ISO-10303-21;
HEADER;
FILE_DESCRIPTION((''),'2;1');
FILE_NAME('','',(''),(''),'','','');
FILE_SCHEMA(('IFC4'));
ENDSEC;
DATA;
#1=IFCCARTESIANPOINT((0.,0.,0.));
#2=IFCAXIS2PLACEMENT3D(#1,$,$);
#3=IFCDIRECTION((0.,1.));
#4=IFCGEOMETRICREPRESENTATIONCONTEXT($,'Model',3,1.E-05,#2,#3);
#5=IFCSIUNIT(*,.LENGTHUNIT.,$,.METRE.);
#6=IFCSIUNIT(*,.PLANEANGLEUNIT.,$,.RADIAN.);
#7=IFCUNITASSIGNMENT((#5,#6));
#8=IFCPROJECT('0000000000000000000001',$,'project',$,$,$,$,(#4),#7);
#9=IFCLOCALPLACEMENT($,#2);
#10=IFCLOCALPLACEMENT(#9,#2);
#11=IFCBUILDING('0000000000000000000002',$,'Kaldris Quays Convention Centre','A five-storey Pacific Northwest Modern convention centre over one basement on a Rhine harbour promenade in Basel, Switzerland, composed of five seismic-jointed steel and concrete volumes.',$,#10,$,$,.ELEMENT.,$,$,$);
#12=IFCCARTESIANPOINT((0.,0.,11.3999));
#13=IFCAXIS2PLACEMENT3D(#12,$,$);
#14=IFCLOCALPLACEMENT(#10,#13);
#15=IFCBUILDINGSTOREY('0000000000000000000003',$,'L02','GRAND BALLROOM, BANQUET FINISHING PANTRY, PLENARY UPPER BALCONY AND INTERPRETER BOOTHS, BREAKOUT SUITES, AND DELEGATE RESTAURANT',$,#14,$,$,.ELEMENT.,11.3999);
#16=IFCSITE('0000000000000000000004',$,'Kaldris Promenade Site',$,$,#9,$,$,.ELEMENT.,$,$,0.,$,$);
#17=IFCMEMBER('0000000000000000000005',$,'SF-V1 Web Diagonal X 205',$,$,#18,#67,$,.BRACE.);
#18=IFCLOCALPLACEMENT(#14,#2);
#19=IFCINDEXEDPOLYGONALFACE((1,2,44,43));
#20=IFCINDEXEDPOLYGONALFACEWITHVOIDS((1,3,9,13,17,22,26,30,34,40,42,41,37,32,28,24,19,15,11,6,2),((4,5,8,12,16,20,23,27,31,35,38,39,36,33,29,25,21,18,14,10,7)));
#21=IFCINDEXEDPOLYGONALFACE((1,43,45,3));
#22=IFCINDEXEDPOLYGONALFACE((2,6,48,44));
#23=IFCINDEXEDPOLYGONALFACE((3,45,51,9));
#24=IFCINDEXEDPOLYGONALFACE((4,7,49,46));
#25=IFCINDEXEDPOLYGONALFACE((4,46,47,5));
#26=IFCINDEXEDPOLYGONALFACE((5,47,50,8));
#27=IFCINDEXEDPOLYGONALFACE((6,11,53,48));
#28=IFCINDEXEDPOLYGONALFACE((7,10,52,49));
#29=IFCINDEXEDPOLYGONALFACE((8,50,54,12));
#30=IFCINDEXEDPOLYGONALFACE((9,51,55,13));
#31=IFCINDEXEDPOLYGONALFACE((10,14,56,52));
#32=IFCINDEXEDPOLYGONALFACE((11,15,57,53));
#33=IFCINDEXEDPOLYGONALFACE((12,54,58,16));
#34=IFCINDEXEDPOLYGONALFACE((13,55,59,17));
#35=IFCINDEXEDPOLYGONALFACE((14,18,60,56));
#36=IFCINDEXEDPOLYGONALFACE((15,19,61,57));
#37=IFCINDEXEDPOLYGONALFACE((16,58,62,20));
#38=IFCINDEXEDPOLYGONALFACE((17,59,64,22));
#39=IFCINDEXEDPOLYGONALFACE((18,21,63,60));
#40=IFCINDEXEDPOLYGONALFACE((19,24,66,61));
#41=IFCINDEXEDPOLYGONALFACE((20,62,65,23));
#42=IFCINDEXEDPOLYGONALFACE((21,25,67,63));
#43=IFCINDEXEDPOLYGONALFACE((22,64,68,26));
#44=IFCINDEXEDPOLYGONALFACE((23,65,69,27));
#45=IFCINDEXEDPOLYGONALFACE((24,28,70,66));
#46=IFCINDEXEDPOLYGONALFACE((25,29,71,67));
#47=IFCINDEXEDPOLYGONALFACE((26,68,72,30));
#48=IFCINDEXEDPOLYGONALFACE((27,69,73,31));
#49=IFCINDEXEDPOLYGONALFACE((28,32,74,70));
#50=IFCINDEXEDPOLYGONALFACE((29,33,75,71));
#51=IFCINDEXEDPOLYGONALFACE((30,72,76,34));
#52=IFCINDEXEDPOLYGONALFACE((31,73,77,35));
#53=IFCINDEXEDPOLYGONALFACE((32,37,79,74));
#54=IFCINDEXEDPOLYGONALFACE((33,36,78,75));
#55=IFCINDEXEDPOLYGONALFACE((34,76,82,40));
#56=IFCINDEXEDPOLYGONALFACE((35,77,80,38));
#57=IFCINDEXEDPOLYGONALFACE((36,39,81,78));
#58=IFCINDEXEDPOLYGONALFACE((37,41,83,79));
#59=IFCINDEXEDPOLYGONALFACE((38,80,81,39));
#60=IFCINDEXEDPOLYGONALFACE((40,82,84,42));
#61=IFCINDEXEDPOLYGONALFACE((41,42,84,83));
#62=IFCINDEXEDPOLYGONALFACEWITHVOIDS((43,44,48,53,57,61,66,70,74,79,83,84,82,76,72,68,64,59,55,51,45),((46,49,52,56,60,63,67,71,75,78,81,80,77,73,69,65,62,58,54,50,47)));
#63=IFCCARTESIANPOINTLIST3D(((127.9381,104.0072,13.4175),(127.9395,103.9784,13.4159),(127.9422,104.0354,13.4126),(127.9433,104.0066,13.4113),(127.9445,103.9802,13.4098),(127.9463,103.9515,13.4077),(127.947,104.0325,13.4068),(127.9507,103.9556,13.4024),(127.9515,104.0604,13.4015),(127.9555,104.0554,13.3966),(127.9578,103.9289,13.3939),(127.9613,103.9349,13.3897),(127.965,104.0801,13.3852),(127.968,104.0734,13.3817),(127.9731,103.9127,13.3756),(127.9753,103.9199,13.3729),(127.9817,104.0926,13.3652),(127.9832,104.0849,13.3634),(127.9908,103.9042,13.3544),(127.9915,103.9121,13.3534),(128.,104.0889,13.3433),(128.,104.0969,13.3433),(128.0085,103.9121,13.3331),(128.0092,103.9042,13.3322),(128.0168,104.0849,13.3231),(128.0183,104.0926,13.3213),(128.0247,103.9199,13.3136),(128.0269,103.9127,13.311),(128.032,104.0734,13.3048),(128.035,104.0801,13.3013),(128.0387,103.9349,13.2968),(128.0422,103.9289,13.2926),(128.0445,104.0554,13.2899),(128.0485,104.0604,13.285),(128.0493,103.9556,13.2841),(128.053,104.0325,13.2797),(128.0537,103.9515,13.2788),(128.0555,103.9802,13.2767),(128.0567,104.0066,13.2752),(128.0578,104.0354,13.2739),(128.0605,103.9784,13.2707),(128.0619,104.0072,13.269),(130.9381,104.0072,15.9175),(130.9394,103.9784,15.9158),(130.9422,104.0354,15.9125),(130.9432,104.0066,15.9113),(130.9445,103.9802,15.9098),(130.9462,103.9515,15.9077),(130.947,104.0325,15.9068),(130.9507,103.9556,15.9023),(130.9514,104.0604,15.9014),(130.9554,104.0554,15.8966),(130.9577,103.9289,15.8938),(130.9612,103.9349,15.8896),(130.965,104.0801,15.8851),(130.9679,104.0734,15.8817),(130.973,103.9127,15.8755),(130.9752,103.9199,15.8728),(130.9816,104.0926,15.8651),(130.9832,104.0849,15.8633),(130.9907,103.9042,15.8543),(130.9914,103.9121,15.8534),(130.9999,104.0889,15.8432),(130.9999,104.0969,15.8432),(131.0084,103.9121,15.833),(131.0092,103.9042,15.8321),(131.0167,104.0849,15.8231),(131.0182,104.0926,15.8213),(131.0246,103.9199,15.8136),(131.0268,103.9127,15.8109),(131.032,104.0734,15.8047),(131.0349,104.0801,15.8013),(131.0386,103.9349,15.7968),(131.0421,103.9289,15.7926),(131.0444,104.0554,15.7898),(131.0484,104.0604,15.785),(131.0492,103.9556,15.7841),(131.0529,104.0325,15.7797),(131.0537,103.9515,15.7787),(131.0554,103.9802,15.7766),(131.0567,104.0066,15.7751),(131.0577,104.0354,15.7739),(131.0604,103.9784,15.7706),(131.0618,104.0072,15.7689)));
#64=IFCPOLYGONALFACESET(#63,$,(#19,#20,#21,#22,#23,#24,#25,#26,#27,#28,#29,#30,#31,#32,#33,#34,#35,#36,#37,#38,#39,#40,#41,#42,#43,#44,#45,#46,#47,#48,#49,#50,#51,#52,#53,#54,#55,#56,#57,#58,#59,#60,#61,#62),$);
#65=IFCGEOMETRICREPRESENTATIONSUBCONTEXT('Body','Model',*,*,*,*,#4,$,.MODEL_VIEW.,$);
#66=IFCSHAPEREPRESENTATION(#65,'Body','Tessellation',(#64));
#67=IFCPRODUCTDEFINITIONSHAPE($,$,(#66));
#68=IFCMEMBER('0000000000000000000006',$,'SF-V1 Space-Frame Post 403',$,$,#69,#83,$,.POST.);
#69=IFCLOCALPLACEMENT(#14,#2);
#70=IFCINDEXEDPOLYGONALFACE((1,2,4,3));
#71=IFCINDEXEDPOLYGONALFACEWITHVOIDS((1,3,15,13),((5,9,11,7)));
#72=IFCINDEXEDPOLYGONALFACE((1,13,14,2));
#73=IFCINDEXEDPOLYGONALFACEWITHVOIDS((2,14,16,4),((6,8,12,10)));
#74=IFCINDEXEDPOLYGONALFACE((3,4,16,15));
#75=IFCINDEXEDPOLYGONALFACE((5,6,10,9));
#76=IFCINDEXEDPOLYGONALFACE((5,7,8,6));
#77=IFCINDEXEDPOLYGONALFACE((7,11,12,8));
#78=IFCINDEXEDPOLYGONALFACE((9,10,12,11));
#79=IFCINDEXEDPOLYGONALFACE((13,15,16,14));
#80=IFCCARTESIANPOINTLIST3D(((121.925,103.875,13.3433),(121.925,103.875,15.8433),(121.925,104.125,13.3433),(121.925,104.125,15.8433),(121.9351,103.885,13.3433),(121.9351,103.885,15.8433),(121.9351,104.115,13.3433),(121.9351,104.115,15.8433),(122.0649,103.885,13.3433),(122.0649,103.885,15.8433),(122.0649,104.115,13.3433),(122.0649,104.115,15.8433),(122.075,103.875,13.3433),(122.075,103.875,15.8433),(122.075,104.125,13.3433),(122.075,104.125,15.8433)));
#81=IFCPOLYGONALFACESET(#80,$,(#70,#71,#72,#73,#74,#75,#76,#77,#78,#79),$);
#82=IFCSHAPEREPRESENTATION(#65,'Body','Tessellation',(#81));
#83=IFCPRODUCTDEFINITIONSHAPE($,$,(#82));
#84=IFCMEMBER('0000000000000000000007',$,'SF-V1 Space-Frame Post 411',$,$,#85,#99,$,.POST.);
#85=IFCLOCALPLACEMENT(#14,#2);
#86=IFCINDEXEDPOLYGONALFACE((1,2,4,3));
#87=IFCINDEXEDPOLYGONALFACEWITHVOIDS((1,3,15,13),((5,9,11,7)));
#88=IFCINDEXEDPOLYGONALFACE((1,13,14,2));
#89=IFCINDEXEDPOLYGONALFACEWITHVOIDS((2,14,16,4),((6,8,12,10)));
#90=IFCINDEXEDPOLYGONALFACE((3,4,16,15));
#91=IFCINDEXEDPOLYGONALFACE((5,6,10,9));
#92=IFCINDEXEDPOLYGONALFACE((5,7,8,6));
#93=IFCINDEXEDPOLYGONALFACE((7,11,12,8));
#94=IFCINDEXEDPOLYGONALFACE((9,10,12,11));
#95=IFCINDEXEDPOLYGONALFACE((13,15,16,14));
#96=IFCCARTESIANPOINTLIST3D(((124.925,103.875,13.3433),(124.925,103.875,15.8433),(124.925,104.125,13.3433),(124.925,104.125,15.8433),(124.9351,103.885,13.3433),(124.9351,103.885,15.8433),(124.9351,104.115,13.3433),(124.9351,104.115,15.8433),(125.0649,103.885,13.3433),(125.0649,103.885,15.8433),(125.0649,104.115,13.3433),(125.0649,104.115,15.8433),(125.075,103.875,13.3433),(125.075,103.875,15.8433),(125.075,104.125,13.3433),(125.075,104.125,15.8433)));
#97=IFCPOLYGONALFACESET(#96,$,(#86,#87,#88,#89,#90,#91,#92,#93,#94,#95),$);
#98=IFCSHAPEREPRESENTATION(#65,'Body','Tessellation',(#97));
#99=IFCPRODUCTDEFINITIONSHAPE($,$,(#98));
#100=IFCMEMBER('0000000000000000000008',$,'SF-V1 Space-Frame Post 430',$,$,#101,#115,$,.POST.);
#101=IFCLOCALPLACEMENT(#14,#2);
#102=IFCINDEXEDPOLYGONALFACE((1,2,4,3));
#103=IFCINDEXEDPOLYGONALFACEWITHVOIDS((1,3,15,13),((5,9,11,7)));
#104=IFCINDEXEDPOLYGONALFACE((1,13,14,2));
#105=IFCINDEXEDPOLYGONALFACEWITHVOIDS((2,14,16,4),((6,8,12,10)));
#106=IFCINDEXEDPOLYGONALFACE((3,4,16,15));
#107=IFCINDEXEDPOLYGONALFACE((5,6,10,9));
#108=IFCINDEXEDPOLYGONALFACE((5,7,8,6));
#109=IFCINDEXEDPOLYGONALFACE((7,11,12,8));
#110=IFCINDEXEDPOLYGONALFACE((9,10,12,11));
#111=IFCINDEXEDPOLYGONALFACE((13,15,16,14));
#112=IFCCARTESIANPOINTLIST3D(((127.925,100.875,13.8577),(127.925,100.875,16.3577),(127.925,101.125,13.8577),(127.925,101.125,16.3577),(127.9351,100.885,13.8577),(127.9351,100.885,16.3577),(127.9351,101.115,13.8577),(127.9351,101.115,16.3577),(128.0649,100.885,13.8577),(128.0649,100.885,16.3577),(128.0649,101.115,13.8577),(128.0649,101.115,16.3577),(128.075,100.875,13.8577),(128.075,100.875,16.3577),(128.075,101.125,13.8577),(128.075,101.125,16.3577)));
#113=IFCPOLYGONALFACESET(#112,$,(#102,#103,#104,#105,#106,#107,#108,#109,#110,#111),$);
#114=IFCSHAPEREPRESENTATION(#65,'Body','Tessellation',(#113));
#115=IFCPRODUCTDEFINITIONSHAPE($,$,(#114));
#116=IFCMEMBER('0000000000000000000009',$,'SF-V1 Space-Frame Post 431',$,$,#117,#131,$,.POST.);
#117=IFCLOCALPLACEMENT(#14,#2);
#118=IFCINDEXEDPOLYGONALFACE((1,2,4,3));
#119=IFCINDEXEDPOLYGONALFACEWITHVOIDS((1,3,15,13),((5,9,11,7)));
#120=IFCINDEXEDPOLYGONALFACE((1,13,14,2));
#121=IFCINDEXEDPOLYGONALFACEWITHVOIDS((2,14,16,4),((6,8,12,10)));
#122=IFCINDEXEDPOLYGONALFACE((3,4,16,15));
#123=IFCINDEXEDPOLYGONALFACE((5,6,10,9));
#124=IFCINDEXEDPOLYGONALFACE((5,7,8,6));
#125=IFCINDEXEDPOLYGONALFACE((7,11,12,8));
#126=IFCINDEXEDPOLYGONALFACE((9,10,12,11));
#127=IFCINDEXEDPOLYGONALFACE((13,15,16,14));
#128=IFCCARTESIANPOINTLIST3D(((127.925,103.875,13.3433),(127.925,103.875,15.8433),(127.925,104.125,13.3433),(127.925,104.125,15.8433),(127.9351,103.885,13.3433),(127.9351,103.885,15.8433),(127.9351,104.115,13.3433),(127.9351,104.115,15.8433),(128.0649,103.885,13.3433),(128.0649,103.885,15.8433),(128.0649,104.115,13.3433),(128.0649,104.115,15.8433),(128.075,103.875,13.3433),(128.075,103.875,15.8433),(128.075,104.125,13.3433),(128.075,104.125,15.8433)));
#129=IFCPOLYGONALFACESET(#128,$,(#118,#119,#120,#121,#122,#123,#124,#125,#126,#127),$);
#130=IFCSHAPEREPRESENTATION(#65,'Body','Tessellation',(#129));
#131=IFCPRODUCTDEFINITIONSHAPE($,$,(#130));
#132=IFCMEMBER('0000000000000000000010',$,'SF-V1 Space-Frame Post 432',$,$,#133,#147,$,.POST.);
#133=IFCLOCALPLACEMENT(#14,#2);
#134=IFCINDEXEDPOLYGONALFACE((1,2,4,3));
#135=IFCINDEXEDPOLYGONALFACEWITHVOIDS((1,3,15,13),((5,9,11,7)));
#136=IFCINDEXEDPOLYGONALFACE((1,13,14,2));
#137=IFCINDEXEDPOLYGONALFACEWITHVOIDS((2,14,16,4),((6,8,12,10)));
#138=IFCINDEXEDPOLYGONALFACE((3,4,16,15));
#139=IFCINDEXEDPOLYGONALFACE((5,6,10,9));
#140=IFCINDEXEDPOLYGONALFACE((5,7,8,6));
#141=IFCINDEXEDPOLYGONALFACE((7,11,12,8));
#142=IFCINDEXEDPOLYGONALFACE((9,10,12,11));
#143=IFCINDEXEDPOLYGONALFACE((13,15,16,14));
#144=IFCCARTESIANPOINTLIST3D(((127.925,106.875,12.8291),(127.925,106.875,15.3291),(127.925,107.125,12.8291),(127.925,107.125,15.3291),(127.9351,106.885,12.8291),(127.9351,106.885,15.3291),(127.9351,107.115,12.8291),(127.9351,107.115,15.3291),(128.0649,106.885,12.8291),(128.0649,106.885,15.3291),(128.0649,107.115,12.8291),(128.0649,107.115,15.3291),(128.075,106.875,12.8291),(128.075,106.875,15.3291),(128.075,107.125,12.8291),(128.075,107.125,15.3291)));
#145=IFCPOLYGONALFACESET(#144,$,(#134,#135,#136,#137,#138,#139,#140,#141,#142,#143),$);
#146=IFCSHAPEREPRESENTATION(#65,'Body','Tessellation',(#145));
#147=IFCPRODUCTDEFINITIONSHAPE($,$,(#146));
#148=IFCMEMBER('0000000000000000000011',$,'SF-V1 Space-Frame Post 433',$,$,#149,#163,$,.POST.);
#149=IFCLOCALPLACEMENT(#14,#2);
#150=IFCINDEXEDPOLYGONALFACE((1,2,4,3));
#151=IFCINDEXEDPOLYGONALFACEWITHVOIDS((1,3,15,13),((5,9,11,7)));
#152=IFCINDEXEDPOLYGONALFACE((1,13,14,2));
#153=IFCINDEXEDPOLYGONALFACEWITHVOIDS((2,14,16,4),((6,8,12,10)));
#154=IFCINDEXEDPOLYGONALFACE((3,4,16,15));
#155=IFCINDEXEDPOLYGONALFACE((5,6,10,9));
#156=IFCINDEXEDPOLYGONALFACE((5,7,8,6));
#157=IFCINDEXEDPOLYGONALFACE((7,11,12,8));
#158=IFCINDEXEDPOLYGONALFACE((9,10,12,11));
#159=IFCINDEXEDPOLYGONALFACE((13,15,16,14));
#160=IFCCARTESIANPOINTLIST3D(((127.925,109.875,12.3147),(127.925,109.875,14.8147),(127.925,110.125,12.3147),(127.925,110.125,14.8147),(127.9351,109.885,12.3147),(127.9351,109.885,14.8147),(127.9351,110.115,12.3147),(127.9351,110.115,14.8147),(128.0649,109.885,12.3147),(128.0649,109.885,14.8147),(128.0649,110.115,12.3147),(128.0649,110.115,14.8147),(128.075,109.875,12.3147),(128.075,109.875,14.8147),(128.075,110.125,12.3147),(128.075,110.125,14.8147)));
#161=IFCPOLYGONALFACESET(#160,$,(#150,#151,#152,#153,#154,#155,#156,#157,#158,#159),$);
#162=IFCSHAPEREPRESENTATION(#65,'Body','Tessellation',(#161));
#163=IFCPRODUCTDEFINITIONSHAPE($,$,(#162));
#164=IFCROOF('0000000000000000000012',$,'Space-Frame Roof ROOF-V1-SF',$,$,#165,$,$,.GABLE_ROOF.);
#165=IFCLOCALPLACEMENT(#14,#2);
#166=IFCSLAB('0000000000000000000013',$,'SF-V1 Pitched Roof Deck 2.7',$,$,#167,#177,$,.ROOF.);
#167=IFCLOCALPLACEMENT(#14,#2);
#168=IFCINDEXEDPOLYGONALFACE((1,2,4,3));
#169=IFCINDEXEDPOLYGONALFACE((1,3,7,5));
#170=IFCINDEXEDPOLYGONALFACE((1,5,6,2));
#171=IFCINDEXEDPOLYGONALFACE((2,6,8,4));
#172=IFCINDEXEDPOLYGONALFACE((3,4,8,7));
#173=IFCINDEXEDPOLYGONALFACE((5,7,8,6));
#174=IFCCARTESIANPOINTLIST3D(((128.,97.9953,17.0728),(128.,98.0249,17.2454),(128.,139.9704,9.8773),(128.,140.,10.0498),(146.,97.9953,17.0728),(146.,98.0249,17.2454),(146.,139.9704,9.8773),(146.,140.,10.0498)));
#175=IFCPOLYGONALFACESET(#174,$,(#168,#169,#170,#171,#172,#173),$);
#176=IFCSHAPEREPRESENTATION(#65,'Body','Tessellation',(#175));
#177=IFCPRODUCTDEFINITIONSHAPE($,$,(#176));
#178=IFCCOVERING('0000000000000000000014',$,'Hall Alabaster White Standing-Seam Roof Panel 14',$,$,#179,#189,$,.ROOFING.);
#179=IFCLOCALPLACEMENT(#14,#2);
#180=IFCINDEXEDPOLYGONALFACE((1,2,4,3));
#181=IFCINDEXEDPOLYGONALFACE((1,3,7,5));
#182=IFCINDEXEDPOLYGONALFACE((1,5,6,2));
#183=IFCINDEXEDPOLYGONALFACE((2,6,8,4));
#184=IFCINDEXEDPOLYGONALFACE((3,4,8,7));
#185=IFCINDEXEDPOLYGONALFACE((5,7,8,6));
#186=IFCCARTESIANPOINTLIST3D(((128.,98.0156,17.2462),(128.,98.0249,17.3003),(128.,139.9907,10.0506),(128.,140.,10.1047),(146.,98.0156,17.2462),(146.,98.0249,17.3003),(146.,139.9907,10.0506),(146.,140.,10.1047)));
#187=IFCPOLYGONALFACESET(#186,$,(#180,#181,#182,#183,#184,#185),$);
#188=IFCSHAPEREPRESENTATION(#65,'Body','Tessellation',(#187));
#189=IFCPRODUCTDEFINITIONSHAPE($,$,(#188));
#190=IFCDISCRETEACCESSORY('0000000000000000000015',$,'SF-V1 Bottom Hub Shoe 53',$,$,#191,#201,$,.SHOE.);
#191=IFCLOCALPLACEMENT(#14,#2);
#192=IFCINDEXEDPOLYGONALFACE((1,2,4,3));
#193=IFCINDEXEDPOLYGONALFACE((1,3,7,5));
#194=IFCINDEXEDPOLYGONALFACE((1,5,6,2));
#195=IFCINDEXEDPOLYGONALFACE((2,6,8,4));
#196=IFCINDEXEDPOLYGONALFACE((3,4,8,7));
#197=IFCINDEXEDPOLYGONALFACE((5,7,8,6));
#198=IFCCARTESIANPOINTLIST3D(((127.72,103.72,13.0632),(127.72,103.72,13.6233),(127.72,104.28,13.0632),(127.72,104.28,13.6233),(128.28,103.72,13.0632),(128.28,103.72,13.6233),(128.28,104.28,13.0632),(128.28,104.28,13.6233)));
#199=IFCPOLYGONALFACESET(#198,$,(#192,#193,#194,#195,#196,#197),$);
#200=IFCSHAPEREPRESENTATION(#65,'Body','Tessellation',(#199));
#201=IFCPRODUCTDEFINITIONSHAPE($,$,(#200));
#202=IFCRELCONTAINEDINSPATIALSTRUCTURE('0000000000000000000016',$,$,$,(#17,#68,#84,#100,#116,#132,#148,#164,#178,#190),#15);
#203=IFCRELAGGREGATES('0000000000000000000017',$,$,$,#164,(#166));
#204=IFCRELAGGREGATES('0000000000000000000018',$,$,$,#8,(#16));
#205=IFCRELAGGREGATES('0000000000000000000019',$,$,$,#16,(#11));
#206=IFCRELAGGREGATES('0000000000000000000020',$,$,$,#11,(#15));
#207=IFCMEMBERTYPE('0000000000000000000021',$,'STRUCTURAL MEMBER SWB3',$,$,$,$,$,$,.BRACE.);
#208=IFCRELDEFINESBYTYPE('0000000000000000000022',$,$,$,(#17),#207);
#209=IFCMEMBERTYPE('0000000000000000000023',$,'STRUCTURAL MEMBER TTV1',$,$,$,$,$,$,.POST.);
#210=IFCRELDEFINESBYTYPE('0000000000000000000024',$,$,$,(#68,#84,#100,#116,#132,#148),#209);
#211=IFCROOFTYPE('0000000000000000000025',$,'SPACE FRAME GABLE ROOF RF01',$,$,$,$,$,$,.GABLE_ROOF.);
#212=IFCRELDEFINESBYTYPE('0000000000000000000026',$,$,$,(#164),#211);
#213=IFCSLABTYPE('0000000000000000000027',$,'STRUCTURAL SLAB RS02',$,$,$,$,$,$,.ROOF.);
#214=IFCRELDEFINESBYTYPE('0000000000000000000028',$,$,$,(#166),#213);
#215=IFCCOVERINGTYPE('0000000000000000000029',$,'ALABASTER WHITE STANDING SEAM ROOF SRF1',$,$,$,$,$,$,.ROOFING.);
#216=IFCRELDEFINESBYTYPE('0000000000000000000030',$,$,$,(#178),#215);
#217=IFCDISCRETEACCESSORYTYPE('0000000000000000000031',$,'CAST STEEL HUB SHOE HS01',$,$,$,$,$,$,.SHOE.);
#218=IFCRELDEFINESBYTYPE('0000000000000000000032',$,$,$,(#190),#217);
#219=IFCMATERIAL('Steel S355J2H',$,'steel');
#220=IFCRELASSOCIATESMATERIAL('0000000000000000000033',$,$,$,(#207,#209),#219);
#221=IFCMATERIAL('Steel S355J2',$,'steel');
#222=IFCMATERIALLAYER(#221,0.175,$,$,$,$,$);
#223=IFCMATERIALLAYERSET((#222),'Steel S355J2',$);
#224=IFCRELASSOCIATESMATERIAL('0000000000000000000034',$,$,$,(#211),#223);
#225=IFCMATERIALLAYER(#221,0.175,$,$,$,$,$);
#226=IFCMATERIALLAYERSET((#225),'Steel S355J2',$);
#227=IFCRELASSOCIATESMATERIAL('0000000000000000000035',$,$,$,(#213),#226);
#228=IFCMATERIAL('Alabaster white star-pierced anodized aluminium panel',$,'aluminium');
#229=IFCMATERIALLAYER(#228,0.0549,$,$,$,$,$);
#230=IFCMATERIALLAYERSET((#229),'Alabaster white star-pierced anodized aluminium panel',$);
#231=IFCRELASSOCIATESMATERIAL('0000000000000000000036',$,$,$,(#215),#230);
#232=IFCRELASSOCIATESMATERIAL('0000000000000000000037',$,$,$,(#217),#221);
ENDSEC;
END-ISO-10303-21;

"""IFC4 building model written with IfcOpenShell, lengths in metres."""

from ifc_helpers import new_model, si_unit, direction, frame, origin, origin_2d, place, context, subcontext, project, spatial, polyline, rectangle, hollow_rectangle, hollow_circle, outline, extrude, material, layer, layer_set, material_profile, profile_set, type_object, element, aggregate, save


model = new_model("IFC4")

# Units and contexts
model_context = context("Model", 3, precision=1e-05, world=origin(), true_north=direction((0.0, 1.0)))
body_context = subcontext(model_context, "Body", "Model", "MODEL_VIEW")
ifc_project = project(units=[si_unit("LENGTHUNIT", "METRE"), si_unit("PLANEANGLEUNIT", "RADIAN")], contexts=[model_context])

# Site, building, storey
site_placement = place(None, origin())
site = spatial("IfcSite", under=ifc_project, at=site_placement, Name="Kaldris Promenade Site", CompositionType="ELEMENT", RefElevation=0.0)
building_placement = place(site_placement, origin())
building = spatial("IfcBuilding", under=site, at=building_placement, Name="Kaldris Quays Convention Centre", Description="A five-storey Pacific Northwest Modern convention centre over one basement on a Rhine harbour promenade in Basel, Switzerland, composed of five seismic-jointed steel and concrete volumes.", CompositionType="ELEMENT")
storey_placement = place(building_placement, frame((0.0, 0.0, 11.3999)))
storey = spatial("IfcBuildingStorey", under=building, at=storey_placement, Name="L02", Description="GRAND BALLROOM, BANQUET FINISHING PANTRY, PLENARY UPPER BALCONY AND INTERPRETER BOOTHS, BREAKOUT SUITES, AND DELEGATE RESTAURANT", CompositionType="ELEMENT", Elevation=11.3999)

# Members
ifc_material_1 = material(Name="Steel S355J2H", Category="steel")
ifc_material_profile_1 = material_profile(ifc_material_1, hollow_circle(Radius=0.0969, WallThickness=0.0081, at=origin_2d()), Name="CHS 193.7x8")
ifc_profile_set_1 = profile_set([ifc_material_profile_1], Name="Steel S355J2H")
member_type_1 = type_object("IfcMemberType", Name="STRUCTURAL MEMBER SWB3", PredefinedType="BRACE", material=ifc_profile_set_1)
member_1_placement = place(storey_placement, frame((128.0, 104.0, 13.3433), z_axis=(0.768221, 0.0, 0.640184), x_axis=(0.0, 1.0, 0.0)))
element("IfcMember", 1, at=member_1_placement, inside=storey, type_object=member_type_1, Name="SF-V1 Web Diagonal X 205", PredefinedType="BRACE", context=body_context, shape_type="SweptSolid", body=[
    extrude(hollow_circle(Radius=0.0969, WallThickness=0.0081, at=origin_2d()), origin(), (0.0, 0.0, 1.0), 3.905),
])
ifc_material_profile_2 = material_profile(ifc_material_1, hollow_rectangle(XDim=0.1499, YDim=0.25, WallThickness=0.01, at=origin_2d()), Name="RHS 250x150x10")
ifc_profile_set_2 = profile_set([ifc_material_profile_2], Name="Steel S355J2H")
member_type_2 = type_object("IfcMemberType", Name="STRUCTURAL MEMBER TTV1", PredefinedType="POST", material=ifc_profile_set_2)
for number, where, z_axis, x_axis, name in (
    (2, (122.0, 104.0, 13.3433), (0.0, 0.0, 1.0), (1.0, 0.0, 0.0), "SF-V1 Space-Frame Post 403"),
    (3, (125.0, 104.0, 13.3433), (0.0, 0.0, 1.0), (1.0, 0.0, 0.0), "SF-V1 Space-Frame Post 411"),
    (4, (128.0, 101.0, 13.8577), (0.0, 0.0, 1.0), (1.0, 0.0, 0.0), "SF-V1 Space-Frame Post 430"),
    (5, (128.0, 104.0, 13.3433), (0.0, 0.0, 1.0), (1.0, 0.0, 0.0), "SF-V1 Space-Frame Post 431"),
    (6, (128.0, 107.0, 12.8291), (0.0, 0.0, 1.0), (1.0, 0.0, 0.0), "SF-V1 Space-Frame Post 432"),
    (7, (128.0, 110.0, 12.3147), (0.0, 0.0, 1.0), (1.0, 0.0, 0.0), "SF-V1 Space-Frame Post 433"),
):
    element("IfcMember", number, at=place(storey_placement, frame(where, z_axis=z_axis, x_axis=x_axis)), inside=storey, type_object=member_type_2, Name=name, PredefinedType="POST", context=body_context, shape_type="SweptSolid", body=[
        extrude(hollow_rectangle(XDim=0.1499, YDim=0.25, WallThickness=0.01, at=origin_2d()), origin(), (0.0, 0.0, 1.0), 2.5),
    ])

# Roof, slab
ifc_material_2 = material(Name="Steel S355J2", Category="steel")
ifc_layer_1 = layer(ifc_material_2, 0.175)
ifc_layer_set_1 = layer_set([ifc_layer_1], Name="Steel S355J2")
roof_type = type_object("IfcRoofType", Name="SPACE FRAME GABLE ROOF RF01", PredefinedType="GABLE_ROOF", material=ifc_layer_set_1)
roof_placement = place(storey_placement, origin())
roof = element("IfcRoof", 8, at=roof_placement, inside=storey, type_object=roof_type, Name="Space-Frame Roof ROOF-V1-SF", PredefinedType="GABLE_ROOF")
ifc_layer_2 = layer(ifc_material_2, 0.175)
ifc_layer_set_2 = layer_set([ifc_layer_2], Name="Steel S355J2")
slab_type = type_object("IfcSlabType", Name="STRUCTURAL SLAB RS02", PredefinedType="ROOF", material=ifc_layer_set_2)
slab_placement = place(storey_placement, frame((128.0, 98.0249, 17.2454), z_axis=(0.0, 0.16896, 0.985623), x_axis=(1.0, 0.0, 0.0)))
slab = element("IfcSlab", 9, at=slab_placement, type_object=slab_type, Name="SF-V1 Pitched Roof Deck 2.7", PredefinedType="ROOF", context=body_context, shape_type="SweptSolid", body=[
    extrude(outline(polyline([(0.0, 0.0), (18.0, 0.0), (18.0, 42.5874), (0.0, 42.5874), (0.0, 0.0)])), origin(), (0.0, 0.0, -1.0), 0.175),
])
aggregate(roof, [slab])

# Covering
ifc_material_3 = material(Name="Alabaster white star-pierced anodized aluminium panel", Category="aluminium")
ifc_layer_3 = layer(ifc_material_3, 0.0549)
ifc_layer_set_3 = layer_set([ifc_layer_3], Name="Alabaster white star-pierced anodized aluminium panel")
covering_type = type_object("IfcCoveringType", Name="ALABASTER WHITE STANDING SEAM ROOF SRF1", PredefinedType="ROOFING", material=ifc_layer_set_3)
covering_placement = place(storey_placement, frame((128.0, 98.0249, 17.3003), z_axis=(0.0, 0.16896, 0.985623), x_axis=(1.0, 0.0, 0.0)))
element("IfcCovering", 10, at=covering_placement, inside=storey, type_object=covering_type, Name="Hall Alabaster White Standing-Seam Roof Panel 14", PredefinedType="ROOFING", context=body_context, shape_type="SweptSolid", body=[
    extrude(outline(polyline([(0.0, 0.0), (18.0, 0.0), (18.0, 42.5874), (0.0, 42.5874), (0.0, 0.0)])), origin(), (0.0, 0.0, -1.0), 0.0549),
])

# Discrete accessory
discrete_accessory_type = type_object("IfcDiscreteAccessoryType", Name="CAST STEEL HUB SHOE HS01", PredefinedType="SHOE", material=ifc_material_2)
discrete_accessory_placement = place(storey_placement, frame((128.0, 104.0, 13.0632), z_axis=(0.0, 0.0, 1.0), x_axis=(1.0, 0.0, 0.0)))
element("IfcDiscreteAccessory", 11, at=discrete_accessory_placement, inside=storey, type_object=discrete_accessory_type, Name="SF-V1 Bottom Hub Shoe 53", PredefinedType="SHOE", context=body_context, shape_type="SweptSolid", body=[
    extrude(rectangle(XDim=0.5601, YDim=0.5601, at=origin_2d()), origin(), (0.0, 0.0, 1.0), 0.5601),
])

save(model, "model.ifc")
